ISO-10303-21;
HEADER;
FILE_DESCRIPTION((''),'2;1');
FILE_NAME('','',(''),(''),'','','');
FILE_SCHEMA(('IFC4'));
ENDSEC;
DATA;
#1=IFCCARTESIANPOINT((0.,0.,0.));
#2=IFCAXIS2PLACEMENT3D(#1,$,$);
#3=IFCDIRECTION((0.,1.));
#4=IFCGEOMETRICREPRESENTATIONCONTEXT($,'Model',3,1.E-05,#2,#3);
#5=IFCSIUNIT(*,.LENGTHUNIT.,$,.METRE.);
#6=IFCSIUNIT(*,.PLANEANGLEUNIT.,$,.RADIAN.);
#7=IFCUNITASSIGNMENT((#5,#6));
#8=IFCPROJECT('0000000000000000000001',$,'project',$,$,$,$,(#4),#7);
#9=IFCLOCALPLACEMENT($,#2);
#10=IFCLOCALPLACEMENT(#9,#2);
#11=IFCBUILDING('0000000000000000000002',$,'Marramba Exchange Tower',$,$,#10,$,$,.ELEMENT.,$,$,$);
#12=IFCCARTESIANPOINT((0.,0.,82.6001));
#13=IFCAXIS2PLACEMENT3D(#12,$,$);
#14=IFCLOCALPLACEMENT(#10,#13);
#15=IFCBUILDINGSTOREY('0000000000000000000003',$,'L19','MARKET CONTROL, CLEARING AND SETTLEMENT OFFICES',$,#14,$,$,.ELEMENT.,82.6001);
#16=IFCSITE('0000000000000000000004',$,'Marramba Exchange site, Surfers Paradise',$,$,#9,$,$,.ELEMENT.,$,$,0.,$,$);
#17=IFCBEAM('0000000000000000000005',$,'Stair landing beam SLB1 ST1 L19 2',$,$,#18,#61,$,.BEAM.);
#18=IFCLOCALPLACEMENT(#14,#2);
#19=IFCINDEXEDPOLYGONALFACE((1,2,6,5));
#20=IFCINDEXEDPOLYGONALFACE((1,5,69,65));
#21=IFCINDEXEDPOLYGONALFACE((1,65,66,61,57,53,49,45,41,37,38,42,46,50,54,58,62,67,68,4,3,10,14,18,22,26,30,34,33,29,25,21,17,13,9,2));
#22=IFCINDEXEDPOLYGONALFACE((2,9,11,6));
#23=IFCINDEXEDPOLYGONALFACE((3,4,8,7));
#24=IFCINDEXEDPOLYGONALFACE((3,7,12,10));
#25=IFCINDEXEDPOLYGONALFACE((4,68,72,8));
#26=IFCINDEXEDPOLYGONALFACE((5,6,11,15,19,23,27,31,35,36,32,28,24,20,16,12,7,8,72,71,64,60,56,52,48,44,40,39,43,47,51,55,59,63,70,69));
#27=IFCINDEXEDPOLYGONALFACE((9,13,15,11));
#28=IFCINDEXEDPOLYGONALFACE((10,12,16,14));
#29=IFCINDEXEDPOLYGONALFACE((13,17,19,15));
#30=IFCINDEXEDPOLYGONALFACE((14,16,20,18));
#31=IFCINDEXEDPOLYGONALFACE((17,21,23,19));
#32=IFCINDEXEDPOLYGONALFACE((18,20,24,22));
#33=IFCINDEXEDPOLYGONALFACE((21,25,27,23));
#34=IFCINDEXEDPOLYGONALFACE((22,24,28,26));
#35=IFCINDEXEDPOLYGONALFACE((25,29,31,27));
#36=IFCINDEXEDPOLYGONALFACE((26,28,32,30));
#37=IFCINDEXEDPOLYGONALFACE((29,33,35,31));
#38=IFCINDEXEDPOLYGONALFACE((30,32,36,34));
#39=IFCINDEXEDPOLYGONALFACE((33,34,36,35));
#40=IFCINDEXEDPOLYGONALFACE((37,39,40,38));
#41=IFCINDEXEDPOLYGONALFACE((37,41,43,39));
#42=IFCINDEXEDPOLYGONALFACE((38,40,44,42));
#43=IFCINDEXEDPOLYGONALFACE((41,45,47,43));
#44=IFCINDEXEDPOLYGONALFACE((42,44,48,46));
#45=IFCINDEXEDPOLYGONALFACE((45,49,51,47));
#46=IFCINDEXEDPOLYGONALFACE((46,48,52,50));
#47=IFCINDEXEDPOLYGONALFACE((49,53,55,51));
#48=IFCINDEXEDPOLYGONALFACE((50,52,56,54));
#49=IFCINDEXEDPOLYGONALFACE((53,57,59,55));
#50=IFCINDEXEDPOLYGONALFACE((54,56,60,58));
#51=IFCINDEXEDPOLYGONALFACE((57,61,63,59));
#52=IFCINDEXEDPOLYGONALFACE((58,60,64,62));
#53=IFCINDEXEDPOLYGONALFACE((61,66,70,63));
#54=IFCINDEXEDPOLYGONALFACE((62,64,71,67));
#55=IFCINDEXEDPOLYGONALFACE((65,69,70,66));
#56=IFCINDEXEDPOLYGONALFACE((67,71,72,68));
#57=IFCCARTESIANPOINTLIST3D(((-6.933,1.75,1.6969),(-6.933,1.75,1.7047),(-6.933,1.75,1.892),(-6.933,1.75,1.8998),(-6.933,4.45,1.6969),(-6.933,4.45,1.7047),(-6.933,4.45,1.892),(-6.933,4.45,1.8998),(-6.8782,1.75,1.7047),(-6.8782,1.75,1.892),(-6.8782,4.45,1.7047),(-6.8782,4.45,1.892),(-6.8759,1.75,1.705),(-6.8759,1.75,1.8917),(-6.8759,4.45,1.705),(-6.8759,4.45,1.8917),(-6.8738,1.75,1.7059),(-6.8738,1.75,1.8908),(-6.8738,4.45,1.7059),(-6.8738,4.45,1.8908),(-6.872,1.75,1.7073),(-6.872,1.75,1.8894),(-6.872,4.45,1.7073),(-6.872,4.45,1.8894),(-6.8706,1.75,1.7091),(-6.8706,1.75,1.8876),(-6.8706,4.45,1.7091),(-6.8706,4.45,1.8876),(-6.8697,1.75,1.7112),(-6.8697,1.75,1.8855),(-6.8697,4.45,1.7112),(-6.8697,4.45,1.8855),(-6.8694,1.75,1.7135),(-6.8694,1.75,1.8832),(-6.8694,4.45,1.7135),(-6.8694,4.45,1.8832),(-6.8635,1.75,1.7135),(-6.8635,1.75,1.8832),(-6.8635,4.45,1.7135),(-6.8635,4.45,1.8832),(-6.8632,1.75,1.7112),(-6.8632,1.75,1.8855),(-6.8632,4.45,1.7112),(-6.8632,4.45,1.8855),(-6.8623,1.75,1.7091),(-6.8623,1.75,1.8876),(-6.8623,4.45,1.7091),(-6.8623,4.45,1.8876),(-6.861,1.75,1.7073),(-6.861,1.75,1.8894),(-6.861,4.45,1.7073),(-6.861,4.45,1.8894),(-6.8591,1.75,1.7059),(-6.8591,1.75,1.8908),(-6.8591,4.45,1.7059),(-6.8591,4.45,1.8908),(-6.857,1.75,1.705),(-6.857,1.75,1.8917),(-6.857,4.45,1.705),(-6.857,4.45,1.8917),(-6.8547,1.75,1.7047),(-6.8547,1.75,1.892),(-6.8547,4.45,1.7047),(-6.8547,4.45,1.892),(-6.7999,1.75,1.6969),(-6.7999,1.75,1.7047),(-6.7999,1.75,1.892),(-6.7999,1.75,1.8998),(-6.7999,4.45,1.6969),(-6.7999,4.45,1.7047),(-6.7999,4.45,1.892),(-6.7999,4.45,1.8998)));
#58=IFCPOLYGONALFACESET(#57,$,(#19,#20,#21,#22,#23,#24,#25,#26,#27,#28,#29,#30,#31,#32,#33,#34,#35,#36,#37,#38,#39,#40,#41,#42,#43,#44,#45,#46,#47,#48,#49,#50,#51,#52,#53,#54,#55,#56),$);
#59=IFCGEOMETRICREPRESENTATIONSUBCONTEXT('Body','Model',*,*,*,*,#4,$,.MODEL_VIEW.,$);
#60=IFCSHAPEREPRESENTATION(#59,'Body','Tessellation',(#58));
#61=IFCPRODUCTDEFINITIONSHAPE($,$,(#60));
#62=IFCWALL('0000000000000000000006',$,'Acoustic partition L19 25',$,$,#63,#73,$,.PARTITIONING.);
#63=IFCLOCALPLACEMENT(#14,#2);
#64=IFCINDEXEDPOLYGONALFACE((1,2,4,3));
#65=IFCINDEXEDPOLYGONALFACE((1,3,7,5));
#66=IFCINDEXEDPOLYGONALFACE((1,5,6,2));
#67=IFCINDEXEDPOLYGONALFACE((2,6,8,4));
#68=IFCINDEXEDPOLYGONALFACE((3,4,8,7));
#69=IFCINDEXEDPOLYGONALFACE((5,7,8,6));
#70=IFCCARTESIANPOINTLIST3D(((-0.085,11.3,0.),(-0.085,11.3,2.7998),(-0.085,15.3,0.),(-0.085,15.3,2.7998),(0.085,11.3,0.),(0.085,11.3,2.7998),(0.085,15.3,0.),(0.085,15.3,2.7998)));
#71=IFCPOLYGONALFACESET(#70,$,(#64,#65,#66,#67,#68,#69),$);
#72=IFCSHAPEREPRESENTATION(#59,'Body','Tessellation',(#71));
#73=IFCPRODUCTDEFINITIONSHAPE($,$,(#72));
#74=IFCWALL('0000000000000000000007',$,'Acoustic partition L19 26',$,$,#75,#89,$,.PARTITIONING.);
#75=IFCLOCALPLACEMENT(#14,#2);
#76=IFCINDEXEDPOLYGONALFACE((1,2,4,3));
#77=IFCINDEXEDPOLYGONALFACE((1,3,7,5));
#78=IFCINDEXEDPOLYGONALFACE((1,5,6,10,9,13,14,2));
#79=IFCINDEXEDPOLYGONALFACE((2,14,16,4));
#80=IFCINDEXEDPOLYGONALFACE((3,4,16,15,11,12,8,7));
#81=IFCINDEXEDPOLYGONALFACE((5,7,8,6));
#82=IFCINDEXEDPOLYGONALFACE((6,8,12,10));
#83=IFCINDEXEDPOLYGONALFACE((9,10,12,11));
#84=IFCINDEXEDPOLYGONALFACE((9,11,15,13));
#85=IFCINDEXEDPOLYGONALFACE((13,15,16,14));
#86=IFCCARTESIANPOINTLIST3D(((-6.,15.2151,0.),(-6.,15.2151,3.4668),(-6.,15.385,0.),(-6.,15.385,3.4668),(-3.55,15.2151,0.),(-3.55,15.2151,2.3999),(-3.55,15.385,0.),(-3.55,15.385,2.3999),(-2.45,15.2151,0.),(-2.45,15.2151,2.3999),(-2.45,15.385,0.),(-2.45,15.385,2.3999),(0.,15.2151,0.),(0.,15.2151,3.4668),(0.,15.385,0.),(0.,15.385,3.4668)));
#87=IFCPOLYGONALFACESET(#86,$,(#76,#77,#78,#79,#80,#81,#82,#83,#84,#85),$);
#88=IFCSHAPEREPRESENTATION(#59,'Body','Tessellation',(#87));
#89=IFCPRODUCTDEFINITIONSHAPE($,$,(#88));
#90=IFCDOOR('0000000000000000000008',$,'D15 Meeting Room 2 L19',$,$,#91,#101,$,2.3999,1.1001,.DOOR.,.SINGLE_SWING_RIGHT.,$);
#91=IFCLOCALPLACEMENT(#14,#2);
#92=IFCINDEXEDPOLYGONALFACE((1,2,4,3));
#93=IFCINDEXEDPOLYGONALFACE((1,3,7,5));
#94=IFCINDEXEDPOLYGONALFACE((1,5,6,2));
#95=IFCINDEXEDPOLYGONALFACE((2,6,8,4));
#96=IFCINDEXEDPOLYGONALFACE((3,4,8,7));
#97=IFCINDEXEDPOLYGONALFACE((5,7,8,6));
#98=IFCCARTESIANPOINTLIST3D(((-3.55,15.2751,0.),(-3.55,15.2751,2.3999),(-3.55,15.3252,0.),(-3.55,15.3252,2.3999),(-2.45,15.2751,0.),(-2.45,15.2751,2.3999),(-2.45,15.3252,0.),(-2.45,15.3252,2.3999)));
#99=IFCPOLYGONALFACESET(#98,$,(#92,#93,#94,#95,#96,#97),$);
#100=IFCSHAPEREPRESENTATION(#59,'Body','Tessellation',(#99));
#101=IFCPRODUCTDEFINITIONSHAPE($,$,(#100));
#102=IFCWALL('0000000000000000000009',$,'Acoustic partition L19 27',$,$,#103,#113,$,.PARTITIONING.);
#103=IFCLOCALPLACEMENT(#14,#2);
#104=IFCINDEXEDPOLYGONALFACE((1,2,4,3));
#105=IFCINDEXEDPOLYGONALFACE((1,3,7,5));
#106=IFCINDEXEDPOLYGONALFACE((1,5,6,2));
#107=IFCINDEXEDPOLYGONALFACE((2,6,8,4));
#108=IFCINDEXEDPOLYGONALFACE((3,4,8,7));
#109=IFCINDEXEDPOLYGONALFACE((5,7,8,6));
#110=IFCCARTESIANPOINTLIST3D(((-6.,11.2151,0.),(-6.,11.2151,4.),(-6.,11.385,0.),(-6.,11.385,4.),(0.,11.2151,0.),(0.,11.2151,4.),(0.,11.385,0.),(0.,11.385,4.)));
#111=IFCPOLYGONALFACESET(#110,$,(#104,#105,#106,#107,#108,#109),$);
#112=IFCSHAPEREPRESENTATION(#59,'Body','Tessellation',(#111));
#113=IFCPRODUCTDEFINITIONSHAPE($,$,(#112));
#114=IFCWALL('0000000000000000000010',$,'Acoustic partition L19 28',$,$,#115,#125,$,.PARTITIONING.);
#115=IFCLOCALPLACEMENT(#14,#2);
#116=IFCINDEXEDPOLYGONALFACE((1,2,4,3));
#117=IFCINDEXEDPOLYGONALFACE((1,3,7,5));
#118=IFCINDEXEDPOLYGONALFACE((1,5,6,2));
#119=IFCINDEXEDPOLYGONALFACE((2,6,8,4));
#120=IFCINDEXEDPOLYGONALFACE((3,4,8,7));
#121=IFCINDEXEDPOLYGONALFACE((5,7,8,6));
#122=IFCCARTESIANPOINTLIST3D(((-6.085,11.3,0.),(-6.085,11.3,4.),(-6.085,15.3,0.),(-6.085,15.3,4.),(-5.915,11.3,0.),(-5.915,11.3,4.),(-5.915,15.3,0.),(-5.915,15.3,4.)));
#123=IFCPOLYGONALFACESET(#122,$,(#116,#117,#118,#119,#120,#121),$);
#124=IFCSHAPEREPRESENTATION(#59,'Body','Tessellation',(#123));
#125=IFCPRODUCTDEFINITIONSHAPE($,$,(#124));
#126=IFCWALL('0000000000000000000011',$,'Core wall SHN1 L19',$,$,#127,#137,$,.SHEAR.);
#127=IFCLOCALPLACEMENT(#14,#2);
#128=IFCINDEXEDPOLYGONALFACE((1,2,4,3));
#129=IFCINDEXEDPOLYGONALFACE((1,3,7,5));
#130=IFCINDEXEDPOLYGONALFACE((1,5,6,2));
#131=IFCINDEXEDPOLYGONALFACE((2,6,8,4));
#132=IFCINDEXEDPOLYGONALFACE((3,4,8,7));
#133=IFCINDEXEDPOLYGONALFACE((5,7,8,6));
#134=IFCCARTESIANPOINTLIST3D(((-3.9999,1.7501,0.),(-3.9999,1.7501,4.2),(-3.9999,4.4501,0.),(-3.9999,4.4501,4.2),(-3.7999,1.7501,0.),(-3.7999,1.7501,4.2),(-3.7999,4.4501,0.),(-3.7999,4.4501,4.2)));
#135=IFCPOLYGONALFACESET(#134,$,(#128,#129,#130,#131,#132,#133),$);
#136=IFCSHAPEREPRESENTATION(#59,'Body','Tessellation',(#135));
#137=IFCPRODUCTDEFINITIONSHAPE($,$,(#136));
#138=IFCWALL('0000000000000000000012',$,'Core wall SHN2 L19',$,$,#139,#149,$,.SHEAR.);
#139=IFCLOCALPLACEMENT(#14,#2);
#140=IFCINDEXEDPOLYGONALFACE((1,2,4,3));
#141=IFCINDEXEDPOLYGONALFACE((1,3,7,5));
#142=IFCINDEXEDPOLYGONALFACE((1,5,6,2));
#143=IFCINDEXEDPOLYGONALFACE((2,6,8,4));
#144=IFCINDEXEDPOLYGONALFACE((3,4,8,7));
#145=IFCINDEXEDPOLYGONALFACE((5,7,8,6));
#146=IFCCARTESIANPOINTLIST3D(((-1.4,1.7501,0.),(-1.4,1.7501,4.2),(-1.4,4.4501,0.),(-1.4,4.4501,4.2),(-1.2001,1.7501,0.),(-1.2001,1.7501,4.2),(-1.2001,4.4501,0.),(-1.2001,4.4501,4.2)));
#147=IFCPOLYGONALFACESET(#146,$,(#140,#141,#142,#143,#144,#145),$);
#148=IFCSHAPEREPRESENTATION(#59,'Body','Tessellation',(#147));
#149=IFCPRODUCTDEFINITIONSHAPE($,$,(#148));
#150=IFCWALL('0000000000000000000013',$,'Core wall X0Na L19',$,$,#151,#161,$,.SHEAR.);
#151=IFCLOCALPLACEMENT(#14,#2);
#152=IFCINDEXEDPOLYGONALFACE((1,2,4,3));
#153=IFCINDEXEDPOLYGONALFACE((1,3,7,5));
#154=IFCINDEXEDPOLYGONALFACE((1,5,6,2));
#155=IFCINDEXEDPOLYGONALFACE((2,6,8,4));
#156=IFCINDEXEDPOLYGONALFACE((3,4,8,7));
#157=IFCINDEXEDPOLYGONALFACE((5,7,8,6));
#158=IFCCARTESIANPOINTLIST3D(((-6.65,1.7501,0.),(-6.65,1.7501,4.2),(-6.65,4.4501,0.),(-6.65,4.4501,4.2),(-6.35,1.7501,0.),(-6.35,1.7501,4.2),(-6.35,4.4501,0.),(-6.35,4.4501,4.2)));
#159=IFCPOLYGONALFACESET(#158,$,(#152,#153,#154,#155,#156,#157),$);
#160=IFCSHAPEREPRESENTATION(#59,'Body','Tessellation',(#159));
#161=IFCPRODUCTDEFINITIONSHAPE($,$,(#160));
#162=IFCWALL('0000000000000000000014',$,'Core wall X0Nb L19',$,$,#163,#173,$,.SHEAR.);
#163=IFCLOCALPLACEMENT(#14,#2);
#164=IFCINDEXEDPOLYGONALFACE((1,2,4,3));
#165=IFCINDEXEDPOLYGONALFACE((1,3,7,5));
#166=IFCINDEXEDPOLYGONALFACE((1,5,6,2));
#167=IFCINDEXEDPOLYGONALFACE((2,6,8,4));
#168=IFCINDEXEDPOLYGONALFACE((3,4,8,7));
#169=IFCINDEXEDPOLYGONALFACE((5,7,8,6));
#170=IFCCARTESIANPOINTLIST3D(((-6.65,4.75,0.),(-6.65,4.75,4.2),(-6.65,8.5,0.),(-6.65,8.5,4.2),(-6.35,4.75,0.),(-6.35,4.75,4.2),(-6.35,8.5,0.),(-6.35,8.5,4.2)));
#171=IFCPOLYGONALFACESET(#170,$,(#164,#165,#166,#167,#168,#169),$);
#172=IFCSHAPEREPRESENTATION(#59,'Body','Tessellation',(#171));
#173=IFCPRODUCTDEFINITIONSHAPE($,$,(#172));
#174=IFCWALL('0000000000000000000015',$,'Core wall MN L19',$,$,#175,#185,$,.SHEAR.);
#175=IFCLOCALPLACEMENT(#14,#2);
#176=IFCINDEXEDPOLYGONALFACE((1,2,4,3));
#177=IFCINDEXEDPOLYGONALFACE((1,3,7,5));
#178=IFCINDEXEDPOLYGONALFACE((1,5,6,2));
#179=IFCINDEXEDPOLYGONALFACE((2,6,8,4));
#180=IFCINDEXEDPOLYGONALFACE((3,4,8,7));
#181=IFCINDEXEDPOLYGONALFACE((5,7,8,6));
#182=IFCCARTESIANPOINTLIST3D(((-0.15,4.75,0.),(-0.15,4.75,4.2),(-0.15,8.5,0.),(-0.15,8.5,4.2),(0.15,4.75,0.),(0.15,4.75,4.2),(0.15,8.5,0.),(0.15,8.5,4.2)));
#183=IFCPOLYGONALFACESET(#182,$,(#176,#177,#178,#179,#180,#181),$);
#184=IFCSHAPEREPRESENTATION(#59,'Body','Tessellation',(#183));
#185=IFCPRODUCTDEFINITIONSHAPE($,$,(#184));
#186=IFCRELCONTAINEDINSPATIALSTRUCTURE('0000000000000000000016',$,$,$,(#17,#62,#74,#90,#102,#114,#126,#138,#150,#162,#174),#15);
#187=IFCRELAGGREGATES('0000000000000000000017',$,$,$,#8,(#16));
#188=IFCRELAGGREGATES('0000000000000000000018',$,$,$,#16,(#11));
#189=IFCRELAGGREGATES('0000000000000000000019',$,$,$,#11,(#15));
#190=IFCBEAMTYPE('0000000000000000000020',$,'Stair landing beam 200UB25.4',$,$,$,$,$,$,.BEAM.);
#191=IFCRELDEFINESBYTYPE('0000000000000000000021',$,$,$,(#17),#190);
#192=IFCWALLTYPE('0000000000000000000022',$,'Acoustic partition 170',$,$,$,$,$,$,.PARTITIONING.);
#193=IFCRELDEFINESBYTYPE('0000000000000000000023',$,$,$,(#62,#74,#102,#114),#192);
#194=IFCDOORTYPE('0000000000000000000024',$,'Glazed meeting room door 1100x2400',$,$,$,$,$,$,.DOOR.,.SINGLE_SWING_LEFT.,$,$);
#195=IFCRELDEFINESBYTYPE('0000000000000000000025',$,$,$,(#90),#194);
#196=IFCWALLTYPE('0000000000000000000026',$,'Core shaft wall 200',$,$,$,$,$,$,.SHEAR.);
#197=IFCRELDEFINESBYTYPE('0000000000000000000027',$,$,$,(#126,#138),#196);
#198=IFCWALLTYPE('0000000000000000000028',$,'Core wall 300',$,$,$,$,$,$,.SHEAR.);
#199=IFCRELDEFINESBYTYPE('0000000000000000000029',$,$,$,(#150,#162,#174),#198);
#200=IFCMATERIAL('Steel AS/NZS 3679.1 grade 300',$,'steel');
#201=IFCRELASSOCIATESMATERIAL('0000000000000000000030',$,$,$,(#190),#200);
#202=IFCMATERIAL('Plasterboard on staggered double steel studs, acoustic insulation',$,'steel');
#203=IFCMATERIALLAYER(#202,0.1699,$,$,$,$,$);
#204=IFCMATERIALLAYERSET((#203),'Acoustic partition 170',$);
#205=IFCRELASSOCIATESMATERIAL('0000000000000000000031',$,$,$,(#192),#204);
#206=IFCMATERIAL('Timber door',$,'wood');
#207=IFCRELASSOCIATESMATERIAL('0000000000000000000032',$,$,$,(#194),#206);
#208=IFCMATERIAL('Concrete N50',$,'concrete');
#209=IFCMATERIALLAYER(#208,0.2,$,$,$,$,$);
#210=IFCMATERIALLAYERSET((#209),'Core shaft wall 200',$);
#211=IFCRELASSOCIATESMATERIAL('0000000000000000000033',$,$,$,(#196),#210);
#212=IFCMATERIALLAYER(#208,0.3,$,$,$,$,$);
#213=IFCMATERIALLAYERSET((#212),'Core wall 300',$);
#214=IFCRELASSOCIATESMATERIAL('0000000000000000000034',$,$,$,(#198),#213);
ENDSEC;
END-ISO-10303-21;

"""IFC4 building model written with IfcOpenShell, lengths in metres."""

from ifc_helpers import new_model, si_unit, direction, frame, frame_2d, origin, origin_2d, place, context, subcontext, project, spatial, rectangle, i_section, extrude, material, layer, layer_set, material_profile, profile_set, type_object, element, fill, save


model = new_model("IFC4")

# Units and contexts
model_context = context("Model", 3, precision=1e-05, world=origin(), true_north=direction((0.0, 1.0)))
body_context = subcontext(model_context, "Body", "Model", "MODEL_VIEW")
ifc_project = project(units=[si_unit("LENGTHUNIT", "METRE"), si_unit("PLANEANGLEUNIT", "RADIAN")], contexts=[model_context])

# Site, building, storey
site_placement = place(None, origin())
site = spatial("IfcSite", under=ifc_project, at=site_placement, Name="Marramba Exchange site, Surfers Paradise", CompositionType="ELEMENT", RefElevation=0.0)
building_placement = place(site_placement, origin())
building = spatial("IfcBuilding", under=site, at=building_placement, Name="Marramba Exchange Tower", CompositionType="ELEMENT")
storey_placement = place(building_placement, frame((0.0, 0.0, 82.6001)))
storey = spatial("IfcBuildingStorey", under=building, at=storey_placement, Name="L19", Description="MARKET CONTROL, CLEARING AND SETTLEMENT OFFICES", CompositionType="ELEMENT", Elevation=82.6001)

# Beam
ifc_material_1 = material(Name="Steel AS/NZS 3679.1 grade 300", Category="steel")
ifc_material_profile_1 = material_profile(ifc_material_1, i_section(OverallWidth=0.1331, OverallDepth=0.2029, WebThickness=0.0059, FlangeThickness=0.0078, FilletRadius=0.0088, at=origin_2d()), Name="200UB25.4")
ifc_profile_set_1 = profile_set([ifc_material_profile_1], Name="Steel AS/NZS 3679.1 grade 300")
beam_type_1 = type_object("IfcBeamType", Name="Stair landing beam 200UB25.4", PredefinedType="BEAM", material=ifc_profile_set_1)
for number, where, z_axis, x_axis, name in (
    (1, (-6.8665, 1.75, 1.7983), (0.0, 1.0, 0.0), (-1.0, 0.0, 0.0), "Stair landing beam SLB1 ST1 L19 2"),
):
    element("IfcBeam", number, at=place(storey_placement, frame(where, z_axis=z_axis, x_axis=x_axis)), inside=storey, type_object=beam_type_1, Name=name, PredefinedType="BEAM", context=body_context, shape_type="SweptSolid", body=[
        extrude(i_section(OverallWidth=0.1331, OverallDepth=0.2029, WebThickness=0.0059, FlangeThickness=0.0078, FilletRadius=0.0088, at=origin_2d()), origin(), (0.0, 0.0, 1.0), 2.7),
    ])

# Wall
ifc_material_2 = material(Name="Plasterboard on staggered double steel studs, acoustic insulation", Category="steel")
ifc_layer_1 = layer(ifc_material_2, 0.1699)
ifc_layer_set_1 = layer_set([ifc_layer_1], Name="Acoustic partition 170")
wall_type_1 = type_object("IfcWallType", Name="Acoustic partition 170", PredefinedType="PARTITIONING", material=ifc_layer_set_1)
wall_1_placement = place(storey_placement, frame((0.0, 11.3, 0.0), z_axis=(0.0, 0.0, 1.0), x_axis=(0.0, 1.0, 0.0)))
element("IfcWall", 2, at=wall_1_placement, inside=storey, type_object=wall_type_1, Name="Acoustic partition L19 25", PredefinedType="PARTITIONING", context=body_context, shape_type="SweptSolid", body=[
    extrude(rectangle(XDim=4.0, YDim=0.1699, at=frame_2d((2.0, 0.0))), origin(), (0.0, 0.0, 1.0), 2.7998),
])

# Wall, opening, door
wall_2_placement = place(storey_placement, frame((0.0, 15.3, 0.0), z_axis=(0.0, 0.0, 1.0), x_axis=(-1.0, 0.0, 0.0)))
wall_2 = element("IfcWall", 3, at=wall_2_placement, inside=storey, type_object=wall_type_1, Name="Acoustic partition L19 26", PredefinedType="PARTITIONING", context=body_context, shape_type="SweptSolid", body=[
    extrude(rectangle(XDim=6.0, YDim=0.1699, at=frame_2d((3.0, 0.0))), origin(), (0.0, 0.0, 1.0), 3.4668),
])
opening_1_placement = place(wall_2_placement, frame((2.45, 0.0, 0.0)))
opening_1 = element("IfcOpeningElement", 4, at=opening_1_placement, cuts=wall_2, PredefinedType="OPENING", context=body_context, shape_type="SweptSolid", body=[
    extrude(rectangle(XDim=1.1001, YDim=2.3999, at=frame_2d((0.55, 1.2))), frame((0.0, 0.095, 0.0), z_axis=(0.0, -1.0, 0.0), x_axis=(1.0, 0.0, 0.0)), (0.0, 0.0, 1.0), 0.1899),
])
ifc_material_3 = material(Name="Timber door", Category="wood")
door_type_1 = type_object("IfcDoorType", Name="Glazed meeting room door 1100x2400", OperationType="SINGLE_SWING_LEFT", PredefinedType="DOOR", material=ifc_material_3)
door_1_placement = place(opening_1_placement, origin())
door_1 = element("IfcDoor", 5, at=door_1_placement, inside=storey, type_object=door_type_1, Name="D15 Meeting Room 2 L19", OperationType="SINGLE_SWING_RIGHT", OverallHeight=2.3999, OverallWidth=1.1001, PredefinedType="DOOR", context=body_context, shape_type="SweptSolid", body=[
    extrude(rectangle(XDim=1.1001, YDim=2.3999, at=frame_2d((0.55, 1.2))), frame((0.0, 0.0249, 0.0), z_axis=(0.0, -1.0, 0.0), x_axis=(1.0, 0.0, 0.0)), (0.0, 0.0, 1.0), 0.05),
])
fill(opening_1, door_1)

# Walls
wall_3_placement = place(storey_placement, frame((-6.0, 11.3, 0.0), z_axis=(0.0, 0.0, 1.0), x_axis=(1.0, 0.0, 0.0)))
element("IfcWall", 6, at=wall_3_placement, inside=storey, type_object=wall_type_1, Name="Acoustic partition L19 27", PredefinedType="PARTITIONING", context=body_context, shape_type="SweptSolid", body=[
    extrude(rectangle(XDim=6.0, YDim=0.1699, at=frame_2d((3.0, 0.0))), origin(), (0.0, 0.0, 1.0), 4.0),
])
wall_4_placement = place(storey_placement, frame((-6.0, 15.3, 0.0), z_axis=(0.0, 0.0, 1.0), x_axis=(0.0, -1.0, 0.0)))
element("IfcWall", 7, at=wall_4_placement, inside=storey, type_object=wall_type_1, Name="Acoustic partition L19 28", PredefinedType="PARTITIONING", context=body_context, shape_type="SweptSolid", body=[
    extrude(rectangle(XDim=4.0, YDim=0.1699, at=frame_2d((2.0, 0.0))), origin(), (0.0, 0.0, 1.0), 4.0),
])
ifc_material_4 = material(Name="Concrete N50", Category="concrete")
ifc_layer_2 = layer(ifc_material_4, 0.2)
ifc_layer_set_2 = layer_set([ifc_layer_2], Name="Core shaft wall 200")
wall_type_2 = type_object("IfcWallType", Name="Core shaft wall 200", PredefinedType="SHEAR", material=ifc_layer_set_2)
for number, where, z_axis, x_axis, name in (
    (8, (-3.8999, 1.75, 0.0), (0.0, 0.0, 1.0), (0.0, 1.0, 0.0), "Core wall SHN1 L19"),
    (9, (-1.3, 1.75, 0.0), (0.0, 0.0, 1.0), (0.0, 1.0, 0.0), "Core wall SHN2 L19"),
):
    element("IfcWall", number, at=place(storey_placement, frame(where, z_axis=z_axis, x_axis=x_axis)), inside=storey, type_object=wall_type_2, Name=name, PredefinedType="SHEAR", context=body_context, shape_type="SweptSolid", body=[
        extrude(rectangle(XDim=2.7, YDim=0.2, at=frame_2d((1.3501, 0.0))), origin(), (0.0, 0.0, 1.0), 4.2),
    ])
ifc_layer_3 = layer(ifc_material_4, 0.3)
ifc_layer_set_3 = layer_set([ifc_layer_3], Name="Core wall 300")
wall_type_3 = type_object("IfcWallType", Name="Core wall 300", PredefinedType="SHEAR", material=ifc_layer_set_3)
wall_5_placement = place(storey_placement, frame((-6.5, 1.75, 0.0), z_axis=(0.0, 0.0, 1.0), x_axis=(0.0, 1.0, 0.0)))
element("IfcWall", 10, at=wall_5_placement, inside=storey, type_object=wall_type_3, Name="Core wall X0Na L19", PredefinedType="SHEAR", context=body_context, shape_type="SweptSolid", body=[
    extrude(rectangle(XDim=2.7, YDim=0.3, at=frame_2d((1.3501, 0.0))), origin(), (0.0, 0.0, 1.0), 4.2),
])
for number, where, z_axis, x_axis, name in (
    (11, (-6.5, 4.75, 0.0), (0.0, 0.0, 1.0), (0.0, 1.0, 0.0), "Core wall X0Nb L19"),
    (12, (0.0, 4.75, 0.0), (0.0, 0.0, 1.0), (0.0, 1.0, 0.0), "Core wall MN L19"),
):
    element("IfcWall", number, at=place(storey_placement, frame(where, z_axis=z_axis, x_axis=x_axis)), inside=storey, type_object=wall_type_3, Name=name, PredefinedType="SHEAR", context=body_context, shape_type="SweptSolid", body=[
        extrude(rectangle(XDim=3.75, YDim=0.3, at=frame_2d((1.875, 0.0))), origin(), (0.0, 0.0, 1.0), 4.2),
    ])

save(model, "model.ifc")
